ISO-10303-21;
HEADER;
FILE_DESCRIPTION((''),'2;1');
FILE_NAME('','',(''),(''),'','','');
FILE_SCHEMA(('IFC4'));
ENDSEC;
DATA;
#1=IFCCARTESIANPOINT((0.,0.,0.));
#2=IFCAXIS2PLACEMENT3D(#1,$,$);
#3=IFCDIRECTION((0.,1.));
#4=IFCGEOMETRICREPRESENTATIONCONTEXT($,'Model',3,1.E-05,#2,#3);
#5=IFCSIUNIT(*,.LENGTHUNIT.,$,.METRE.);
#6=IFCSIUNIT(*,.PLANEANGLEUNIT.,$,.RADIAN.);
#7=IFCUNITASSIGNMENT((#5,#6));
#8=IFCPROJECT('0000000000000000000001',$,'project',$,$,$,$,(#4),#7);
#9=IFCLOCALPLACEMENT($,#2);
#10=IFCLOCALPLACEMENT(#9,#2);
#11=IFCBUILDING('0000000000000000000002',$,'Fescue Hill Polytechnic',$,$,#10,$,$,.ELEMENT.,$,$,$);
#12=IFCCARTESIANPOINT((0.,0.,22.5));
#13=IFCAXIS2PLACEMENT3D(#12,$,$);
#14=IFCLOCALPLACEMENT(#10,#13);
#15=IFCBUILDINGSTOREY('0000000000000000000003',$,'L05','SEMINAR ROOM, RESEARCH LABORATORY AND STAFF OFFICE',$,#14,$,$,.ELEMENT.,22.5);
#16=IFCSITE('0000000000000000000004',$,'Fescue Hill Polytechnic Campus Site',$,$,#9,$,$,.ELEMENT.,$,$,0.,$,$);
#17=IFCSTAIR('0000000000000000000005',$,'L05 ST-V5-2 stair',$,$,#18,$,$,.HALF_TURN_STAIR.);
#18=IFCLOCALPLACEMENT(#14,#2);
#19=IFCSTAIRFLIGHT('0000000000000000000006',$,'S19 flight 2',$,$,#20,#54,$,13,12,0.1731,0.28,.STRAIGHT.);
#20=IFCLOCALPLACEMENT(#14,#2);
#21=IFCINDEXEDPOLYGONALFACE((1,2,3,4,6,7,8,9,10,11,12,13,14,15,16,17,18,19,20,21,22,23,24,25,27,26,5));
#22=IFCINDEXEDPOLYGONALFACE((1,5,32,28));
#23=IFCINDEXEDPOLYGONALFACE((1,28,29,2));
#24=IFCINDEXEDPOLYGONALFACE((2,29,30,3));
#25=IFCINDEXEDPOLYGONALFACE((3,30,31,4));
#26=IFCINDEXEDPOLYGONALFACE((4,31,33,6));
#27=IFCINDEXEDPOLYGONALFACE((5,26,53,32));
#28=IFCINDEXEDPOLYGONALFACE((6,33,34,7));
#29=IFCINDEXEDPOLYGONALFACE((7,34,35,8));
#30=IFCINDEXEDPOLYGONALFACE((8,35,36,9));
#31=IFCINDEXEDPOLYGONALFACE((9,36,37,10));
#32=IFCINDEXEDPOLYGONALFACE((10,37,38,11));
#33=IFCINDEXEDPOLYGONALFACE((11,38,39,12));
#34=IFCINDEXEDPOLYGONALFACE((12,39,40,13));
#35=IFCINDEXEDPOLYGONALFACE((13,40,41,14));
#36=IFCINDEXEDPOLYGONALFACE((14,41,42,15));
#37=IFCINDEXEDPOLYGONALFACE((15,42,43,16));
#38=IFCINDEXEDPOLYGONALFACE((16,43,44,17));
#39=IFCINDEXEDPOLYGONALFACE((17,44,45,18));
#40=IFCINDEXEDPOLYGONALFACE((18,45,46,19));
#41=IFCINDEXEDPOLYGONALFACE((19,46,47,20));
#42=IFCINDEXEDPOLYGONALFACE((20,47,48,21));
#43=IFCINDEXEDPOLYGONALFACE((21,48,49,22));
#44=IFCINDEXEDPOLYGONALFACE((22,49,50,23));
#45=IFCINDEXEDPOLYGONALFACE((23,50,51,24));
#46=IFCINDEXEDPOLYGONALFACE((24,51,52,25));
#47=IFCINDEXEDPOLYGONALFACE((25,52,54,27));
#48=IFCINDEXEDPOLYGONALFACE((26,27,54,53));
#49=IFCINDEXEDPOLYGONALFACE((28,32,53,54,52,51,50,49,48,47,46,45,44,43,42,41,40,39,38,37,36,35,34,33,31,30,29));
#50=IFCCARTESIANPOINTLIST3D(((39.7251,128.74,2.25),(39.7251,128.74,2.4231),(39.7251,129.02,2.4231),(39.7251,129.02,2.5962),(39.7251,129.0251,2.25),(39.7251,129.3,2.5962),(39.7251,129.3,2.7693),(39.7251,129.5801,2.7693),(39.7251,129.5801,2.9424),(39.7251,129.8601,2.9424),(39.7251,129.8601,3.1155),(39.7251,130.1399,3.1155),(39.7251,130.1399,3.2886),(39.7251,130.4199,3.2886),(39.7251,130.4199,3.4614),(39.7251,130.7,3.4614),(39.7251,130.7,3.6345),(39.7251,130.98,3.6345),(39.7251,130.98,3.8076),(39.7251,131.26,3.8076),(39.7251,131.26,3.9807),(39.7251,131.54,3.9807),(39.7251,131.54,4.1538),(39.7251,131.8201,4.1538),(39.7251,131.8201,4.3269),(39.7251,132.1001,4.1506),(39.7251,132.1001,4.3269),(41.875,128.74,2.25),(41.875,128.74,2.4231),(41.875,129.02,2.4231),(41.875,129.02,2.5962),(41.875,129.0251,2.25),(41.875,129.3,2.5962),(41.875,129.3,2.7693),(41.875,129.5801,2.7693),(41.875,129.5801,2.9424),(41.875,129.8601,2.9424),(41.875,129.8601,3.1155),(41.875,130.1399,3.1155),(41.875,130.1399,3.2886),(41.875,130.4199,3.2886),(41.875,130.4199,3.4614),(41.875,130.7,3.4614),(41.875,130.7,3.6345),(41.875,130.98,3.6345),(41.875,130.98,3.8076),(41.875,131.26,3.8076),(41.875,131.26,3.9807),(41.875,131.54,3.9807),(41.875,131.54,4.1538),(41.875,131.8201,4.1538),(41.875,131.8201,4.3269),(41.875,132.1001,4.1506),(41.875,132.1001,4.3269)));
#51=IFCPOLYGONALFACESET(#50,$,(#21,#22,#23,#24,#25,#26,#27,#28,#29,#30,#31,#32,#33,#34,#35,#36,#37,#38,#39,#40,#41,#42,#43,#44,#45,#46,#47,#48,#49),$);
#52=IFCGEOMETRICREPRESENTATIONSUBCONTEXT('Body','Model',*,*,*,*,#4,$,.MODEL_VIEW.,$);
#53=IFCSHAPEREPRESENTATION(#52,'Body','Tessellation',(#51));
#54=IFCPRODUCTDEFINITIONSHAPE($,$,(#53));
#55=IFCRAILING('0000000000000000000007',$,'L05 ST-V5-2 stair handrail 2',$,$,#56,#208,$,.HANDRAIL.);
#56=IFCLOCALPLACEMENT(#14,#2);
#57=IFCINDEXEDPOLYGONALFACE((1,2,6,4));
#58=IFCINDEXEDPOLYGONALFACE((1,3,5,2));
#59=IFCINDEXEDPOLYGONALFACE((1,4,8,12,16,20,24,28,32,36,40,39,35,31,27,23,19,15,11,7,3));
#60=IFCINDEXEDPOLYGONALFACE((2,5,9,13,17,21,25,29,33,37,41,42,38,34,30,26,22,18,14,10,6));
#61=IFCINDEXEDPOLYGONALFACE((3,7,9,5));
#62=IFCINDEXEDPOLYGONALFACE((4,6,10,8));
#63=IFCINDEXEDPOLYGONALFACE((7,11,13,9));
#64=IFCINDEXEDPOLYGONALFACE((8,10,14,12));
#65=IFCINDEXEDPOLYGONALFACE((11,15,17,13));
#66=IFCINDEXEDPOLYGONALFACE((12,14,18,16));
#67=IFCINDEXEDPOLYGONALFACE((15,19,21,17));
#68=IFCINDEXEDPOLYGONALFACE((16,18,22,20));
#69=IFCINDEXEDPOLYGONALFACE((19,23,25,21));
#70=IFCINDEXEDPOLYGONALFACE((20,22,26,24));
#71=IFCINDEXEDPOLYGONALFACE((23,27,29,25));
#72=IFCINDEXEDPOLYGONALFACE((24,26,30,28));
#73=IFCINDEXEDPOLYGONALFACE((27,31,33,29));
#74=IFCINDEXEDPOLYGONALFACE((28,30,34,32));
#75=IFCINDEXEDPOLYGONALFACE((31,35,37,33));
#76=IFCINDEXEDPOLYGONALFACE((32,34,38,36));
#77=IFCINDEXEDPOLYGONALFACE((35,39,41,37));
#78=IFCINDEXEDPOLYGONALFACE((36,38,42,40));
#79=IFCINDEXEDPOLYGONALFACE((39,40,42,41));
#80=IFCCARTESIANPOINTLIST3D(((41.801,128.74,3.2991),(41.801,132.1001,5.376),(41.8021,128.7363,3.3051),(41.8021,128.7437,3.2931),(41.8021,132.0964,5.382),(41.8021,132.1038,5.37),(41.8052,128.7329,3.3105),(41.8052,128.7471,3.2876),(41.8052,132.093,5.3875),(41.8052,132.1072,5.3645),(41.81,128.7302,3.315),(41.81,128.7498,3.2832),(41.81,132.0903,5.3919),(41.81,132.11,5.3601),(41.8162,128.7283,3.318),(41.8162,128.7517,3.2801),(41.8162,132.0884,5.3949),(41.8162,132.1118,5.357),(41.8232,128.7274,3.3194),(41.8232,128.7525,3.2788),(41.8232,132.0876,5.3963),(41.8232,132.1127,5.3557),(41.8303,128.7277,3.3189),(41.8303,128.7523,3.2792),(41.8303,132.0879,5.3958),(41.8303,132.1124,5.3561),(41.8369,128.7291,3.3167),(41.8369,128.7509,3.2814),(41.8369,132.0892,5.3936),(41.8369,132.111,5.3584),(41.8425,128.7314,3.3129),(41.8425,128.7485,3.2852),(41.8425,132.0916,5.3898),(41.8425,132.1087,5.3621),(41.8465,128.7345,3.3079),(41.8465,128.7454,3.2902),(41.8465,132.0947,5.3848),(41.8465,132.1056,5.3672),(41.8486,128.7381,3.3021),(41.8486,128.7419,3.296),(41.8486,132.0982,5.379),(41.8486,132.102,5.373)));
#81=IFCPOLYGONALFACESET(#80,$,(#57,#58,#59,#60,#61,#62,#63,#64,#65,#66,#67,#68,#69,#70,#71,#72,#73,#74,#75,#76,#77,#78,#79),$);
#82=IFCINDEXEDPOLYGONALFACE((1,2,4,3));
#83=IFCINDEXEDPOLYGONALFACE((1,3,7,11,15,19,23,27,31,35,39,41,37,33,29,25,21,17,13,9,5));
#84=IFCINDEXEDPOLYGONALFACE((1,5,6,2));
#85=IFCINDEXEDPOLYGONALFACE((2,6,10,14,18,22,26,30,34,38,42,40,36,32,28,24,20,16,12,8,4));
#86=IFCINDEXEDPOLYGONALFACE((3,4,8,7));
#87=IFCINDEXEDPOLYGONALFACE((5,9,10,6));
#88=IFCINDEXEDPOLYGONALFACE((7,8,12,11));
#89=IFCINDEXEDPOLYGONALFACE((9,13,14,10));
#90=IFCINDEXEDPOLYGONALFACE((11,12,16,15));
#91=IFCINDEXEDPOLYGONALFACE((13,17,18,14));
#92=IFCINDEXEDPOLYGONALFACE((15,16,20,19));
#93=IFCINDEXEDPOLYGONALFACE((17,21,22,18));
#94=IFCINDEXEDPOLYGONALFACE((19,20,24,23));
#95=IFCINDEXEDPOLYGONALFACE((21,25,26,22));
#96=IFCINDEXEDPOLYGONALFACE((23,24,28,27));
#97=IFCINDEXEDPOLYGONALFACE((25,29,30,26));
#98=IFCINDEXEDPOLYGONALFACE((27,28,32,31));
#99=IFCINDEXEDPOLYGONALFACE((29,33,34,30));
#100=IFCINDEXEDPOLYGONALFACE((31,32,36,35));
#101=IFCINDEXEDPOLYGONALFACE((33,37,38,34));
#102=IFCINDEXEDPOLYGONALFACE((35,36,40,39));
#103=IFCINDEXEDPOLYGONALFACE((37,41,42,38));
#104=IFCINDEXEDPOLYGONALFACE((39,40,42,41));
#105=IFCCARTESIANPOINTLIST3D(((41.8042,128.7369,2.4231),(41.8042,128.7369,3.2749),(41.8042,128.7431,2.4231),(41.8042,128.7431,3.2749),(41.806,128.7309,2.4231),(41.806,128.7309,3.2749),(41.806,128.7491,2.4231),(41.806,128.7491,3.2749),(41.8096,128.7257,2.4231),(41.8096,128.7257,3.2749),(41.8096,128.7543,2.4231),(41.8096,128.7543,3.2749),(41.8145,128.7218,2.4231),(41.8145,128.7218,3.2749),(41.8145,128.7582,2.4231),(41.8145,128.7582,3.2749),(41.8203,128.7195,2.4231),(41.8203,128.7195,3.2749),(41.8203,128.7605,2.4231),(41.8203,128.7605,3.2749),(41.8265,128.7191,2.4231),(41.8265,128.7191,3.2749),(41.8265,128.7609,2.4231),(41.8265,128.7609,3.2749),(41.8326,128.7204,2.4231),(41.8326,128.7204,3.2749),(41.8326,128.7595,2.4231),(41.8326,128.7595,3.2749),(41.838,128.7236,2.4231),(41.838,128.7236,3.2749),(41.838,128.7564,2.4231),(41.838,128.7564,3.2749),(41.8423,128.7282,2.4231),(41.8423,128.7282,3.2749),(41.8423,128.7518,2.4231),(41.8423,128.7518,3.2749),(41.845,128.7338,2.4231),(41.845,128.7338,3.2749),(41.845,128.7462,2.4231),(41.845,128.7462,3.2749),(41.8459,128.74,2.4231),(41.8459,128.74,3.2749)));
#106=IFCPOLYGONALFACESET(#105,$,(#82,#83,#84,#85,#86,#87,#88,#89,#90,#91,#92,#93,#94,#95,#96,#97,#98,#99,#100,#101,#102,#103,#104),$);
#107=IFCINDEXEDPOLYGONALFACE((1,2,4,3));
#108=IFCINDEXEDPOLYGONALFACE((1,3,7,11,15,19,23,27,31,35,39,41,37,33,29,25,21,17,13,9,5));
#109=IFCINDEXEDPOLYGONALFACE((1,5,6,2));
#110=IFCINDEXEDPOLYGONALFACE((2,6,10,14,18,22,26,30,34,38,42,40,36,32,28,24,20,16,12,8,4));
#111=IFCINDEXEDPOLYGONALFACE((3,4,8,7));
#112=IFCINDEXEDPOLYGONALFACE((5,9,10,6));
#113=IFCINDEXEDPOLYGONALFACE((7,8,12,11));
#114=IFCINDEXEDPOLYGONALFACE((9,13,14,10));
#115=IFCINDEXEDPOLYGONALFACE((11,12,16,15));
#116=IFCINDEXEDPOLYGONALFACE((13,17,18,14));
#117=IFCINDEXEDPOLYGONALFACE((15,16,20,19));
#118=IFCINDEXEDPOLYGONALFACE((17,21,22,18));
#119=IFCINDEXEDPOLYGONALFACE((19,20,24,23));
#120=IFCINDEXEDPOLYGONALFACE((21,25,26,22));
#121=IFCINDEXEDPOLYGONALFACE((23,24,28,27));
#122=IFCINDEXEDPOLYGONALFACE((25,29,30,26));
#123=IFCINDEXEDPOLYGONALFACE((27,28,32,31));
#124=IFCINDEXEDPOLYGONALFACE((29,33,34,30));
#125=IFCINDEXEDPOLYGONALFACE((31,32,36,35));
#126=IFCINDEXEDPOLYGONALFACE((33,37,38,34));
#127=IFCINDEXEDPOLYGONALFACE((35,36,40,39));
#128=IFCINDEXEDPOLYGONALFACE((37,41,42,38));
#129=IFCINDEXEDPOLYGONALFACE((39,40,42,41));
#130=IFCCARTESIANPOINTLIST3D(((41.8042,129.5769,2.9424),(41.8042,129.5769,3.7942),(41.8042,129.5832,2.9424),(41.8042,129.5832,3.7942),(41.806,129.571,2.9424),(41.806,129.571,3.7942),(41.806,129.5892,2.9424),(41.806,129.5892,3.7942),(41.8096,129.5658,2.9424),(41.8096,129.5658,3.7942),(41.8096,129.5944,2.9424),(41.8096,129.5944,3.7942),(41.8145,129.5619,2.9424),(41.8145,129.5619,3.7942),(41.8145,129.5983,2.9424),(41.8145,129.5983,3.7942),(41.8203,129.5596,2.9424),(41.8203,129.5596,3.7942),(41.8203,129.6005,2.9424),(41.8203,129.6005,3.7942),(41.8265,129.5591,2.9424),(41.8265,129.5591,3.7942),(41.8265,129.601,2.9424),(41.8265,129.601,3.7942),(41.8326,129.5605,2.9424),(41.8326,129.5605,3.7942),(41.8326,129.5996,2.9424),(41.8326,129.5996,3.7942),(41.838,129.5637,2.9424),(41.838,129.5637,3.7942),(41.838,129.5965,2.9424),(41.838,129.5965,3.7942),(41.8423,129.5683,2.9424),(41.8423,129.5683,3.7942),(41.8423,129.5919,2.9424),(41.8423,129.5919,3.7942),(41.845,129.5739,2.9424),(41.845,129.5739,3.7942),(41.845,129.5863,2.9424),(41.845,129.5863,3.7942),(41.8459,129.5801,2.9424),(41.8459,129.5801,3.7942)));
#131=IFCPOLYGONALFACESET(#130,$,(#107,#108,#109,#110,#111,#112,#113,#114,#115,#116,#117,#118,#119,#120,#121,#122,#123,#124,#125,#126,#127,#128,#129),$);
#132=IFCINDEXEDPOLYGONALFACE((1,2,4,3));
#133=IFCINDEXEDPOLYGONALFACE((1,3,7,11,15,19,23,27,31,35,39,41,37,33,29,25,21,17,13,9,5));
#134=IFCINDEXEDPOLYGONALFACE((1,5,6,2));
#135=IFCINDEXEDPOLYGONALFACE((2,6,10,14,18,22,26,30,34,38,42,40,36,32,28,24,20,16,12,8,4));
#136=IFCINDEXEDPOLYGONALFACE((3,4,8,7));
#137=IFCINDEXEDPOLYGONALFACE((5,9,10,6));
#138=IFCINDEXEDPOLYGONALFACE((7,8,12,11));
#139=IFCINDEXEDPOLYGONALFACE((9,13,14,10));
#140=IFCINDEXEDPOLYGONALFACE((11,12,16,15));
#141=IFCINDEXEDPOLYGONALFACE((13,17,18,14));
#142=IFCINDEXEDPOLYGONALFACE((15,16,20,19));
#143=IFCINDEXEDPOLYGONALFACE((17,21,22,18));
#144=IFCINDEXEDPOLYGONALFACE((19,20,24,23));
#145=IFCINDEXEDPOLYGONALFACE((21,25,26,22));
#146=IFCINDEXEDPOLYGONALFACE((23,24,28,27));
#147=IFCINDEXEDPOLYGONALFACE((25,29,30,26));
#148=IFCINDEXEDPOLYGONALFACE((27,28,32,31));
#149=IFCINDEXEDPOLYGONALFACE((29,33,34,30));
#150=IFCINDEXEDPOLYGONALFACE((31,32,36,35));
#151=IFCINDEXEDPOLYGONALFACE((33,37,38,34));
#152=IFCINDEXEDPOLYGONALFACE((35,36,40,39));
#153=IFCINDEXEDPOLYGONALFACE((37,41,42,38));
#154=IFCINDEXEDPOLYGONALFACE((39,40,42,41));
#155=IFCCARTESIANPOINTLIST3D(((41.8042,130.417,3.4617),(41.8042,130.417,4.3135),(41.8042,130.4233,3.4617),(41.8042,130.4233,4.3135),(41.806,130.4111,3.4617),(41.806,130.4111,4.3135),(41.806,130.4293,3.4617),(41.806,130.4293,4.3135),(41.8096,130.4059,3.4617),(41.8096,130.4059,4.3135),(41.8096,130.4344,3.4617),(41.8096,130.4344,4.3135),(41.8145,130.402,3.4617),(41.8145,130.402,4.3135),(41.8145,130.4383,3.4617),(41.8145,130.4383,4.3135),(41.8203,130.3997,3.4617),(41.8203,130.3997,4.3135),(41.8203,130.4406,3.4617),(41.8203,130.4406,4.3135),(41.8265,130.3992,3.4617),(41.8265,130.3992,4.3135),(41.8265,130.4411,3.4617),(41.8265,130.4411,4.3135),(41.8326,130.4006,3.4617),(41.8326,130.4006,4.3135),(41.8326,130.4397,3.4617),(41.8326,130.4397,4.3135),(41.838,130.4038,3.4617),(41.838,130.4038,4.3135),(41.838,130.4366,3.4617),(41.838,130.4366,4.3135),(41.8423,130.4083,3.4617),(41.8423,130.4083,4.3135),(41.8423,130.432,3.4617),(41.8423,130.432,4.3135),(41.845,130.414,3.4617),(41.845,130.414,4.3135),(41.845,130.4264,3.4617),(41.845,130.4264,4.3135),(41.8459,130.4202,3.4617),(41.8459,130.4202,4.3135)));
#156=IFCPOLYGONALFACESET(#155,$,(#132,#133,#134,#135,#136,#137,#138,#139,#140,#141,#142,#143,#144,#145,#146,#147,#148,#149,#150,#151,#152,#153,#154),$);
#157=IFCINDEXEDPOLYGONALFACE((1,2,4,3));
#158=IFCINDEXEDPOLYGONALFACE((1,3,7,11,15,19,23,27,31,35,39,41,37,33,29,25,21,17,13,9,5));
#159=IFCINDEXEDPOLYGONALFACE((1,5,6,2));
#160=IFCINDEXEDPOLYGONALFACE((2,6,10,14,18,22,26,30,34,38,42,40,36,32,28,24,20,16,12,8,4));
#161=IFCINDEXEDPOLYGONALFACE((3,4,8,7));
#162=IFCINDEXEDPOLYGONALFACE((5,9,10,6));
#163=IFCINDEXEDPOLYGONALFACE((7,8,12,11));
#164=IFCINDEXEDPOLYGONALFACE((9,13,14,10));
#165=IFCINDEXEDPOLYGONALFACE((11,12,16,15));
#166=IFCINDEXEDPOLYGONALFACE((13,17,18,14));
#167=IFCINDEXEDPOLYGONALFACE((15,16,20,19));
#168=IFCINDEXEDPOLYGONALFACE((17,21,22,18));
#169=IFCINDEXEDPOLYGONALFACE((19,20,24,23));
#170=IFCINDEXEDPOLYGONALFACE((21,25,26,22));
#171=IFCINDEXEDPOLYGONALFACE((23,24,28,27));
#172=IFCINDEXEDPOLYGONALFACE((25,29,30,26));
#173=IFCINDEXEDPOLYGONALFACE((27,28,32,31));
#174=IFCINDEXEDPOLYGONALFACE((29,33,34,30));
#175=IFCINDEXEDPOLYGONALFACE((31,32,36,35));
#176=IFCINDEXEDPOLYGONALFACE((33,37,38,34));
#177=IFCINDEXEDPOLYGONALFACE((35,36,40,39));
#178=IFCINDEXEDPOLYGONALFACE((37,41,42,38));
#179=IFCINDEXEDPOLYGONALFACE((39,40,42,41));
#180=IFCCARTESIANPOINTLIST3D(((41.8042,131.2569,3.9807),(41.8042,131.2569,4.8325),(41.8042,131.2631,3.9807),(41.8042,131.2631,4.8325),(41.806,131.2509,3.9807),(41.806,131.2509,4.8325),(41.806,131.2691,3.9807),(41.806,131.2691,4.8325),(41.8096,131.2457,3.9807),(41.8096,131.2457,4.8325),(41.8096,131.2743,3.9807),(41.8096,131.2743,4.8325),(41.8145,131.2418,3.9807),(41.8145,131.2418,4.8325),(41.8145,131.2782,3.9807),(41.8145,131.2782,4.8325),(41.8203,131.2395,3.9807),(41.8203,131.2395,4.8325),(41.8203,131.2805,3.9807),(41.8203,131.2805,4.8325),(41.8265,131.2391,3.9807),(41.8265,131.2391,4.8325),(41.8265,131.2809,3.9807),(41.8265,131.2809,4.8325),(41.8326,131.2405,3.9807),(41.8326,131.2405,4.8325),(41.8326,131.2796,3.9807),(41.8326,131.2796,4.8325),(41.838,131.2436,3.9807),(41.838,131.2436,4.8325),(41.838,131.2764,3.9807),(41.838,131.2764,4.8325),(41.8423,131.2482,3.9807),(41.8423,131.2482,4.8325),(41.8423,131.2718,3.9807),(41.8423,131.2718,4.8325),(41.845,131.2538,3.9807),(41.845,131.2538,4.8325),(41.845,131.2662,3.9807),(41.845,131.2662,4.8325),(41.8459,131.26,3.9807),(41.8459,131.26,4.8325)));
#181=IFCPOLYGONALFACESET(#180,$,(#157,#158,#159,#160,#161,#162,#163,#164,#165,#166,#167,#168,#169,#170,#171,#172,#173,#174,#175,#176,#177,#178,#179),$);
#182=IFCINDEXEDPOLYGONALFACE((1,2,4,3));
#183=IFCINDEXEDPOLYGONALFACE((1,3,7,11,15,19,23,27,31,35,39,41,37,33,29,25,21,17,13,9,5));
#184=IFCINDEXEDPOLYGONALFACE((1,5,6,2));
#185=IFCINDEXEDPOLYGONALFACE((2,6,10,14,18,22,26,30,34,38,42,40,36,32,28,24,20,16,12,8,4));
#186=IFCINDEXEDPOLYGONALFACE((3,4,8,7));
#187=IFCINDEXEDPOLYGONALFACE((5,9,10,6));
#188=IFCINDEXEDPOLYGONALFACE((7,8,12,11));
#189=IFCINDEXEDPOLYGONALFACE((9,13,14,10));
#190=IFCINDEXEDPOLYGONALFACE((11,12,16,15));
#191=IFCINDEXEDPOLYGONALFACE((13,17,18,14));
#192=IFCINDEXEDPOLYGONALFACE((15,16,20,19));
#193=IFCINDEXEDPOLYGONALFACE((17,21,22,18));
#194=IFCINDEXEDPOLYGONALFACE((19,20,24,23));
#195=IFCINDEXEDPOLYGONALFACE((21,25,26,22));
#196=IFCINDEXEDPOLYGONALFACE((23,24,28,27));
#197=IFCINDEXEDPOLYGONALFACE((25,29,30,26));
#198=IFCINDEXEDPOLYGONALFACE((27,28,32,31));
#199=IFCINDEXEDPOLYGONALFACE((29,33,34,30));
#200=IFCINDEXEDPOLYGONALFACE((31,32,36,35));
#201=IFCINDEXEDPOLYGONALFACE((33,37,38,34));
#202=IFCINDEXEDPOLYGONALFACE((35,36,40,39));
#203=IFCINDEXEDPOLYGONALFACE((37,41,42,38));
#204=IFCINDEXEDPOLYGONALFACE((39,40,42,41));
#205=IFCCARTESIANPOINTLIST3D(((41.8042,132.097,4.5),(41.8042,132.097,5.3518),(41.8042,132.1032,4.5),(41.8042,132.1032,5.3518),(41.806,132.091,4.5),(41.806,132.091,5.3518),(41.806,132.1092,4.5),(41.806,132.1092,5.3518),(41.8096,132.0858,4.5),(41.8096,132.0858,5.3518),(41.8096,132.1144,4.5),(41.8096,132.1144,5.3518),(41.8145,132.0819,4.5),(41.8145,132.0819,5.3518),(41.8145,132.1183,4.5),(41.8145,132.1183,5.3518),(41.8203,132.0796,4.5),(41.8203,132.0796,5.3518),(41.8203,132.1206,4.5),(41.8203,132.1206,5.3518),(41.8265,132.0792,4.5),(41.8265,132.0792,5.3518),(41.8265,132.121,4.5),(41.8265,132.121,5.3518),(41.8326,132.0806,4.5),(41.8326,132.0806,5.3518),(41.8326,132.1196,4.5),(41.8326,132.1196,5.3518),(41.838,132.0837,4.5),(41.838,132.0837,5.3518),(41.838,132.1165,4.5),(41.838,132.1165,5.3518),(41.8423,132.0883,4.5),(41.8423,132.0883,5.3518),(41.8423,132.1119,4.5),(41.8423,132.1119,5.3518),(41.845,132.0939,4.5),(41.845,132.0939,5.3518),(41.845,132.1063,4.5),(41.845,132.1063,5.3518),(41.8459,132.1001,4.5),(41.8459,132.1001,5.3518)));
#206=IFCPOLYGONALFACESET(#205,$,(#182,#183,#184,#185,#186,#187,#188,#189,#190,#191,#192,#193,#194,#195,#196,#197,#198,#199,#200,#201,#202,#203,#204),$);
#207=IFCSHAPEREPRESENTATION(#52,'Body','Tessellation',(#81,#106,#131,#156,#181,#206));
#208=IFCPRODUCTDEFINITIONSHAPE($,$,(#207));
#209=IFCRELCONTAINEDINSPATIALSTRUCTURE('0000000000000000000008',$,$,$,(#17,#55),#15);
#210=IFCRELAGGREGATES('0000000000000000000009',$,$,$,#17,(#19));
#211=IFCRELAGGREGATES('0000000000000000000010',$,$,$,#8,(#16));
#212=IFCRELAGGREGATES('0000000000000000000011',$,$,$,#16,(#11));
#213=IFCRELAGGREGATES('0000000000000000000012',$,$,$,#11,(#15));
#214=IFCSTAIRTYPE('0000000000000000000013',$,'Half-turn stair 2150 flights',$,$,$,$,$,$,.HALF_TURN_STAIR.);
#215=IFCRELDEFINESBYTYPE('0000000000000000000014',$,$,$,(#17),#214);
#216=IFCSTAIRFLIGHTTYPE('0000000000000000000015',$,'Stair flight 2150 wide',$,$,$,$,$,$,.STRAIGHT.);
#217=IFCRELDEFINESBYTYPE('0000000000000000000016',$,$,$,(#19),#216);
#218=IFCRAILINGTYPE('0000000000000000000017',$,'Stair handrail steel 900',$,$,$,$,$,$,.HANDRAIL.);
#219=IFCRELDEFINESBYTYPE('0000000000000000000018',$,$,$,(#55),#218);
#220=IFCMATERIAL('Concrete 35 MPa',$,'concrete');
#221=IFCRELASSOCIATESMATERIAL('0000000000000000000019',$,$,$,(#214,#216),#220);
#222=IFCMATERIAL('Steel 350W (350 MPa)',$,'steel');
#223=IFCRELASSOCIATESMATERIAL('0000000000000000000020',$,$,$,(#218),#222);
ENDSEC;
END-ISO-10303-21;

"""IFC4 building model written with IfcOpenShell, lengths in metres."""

from ifc_helpers import new_model, si_unit, direction, frame, origin, origin_2d, place, context, subcontext, project, spatial, polyline, circle, outline, extrude, material, type_object, element, aggregate, save


model = new_model("IFC4")

# Units and contexts
model_context = context("Model", 3, precision=1e-05, world=origin(), true_north=direction((0.0, 1.0)))
body_context = subcontext(model_context, "Body", "Model", "MODEL_VIEW")
ifc_project = project(units=[si_unit("LENGTHUNIT", "METRE"), si_unit("PLANEANGLEUNIT", "RADIAN")], contexts=[model_context])

# Site, building, storey
site_placement = place(None, origin())
site = spatial("IfcSite", under=ifc_project, at=site_placement, Name="Fescue Hill Polytechnic Campus Site", CompositionType="ELEMENT", RefElevation=0.0)
building_placement = place(site_placement, origin())
building = spatial("IfcBuilding", under=site, at=building_placement, Name="Fescue Hill Polytechnic", CompositionType="ELEMENT")
storey_placement = place(building_placement, frame((0.0, 0.0, 22.5)))
storey = spatial("IfcBuildingStorey", under=building, at=storey_placement, Name="L05", Description="SEMINAR ROOM, RESEARCH LABORATORY AND STAFF OFFICE", CompositionType="ELEMENT", Elevation=22.5)

# Shared definitions
ifc_material_1 = material(Name="Concrete 35 MPa", Category="concrete")

# Stair, stair flight
stair_type = type_object("IfcStairType", Name="Half-turn stair 2150 flights", PredefinedType="HALF_TURN_STAIR", material=ifc_material_1)
stair_placement = place(storey_placement, origin())
stair = element("IfcStair", 1, at=stair_placement, inside=storey, type_object=stair_type, Name="L05 ST-V5-2 stair", PredefinedType="HALF_TURN_STAIR")
stair_flight_type = type_object("IfcStairFlightType", Name="Stair flight 2150 wide", PredefinedType="STRAIGHT", material=ifc_material_1)
stair_flight_placement = place(storey_placement, frame((40.8, 128.74, 2.25), z_axis=(0.0, 0.0, 1.0), x_axis=(0.0, 1.0, 0.0)))
stair_flight = element("IfcStairFlight", 2, at=stair_flight_placement, type_object=stair_flight_type, Name="S19 flight 2", NumberOfRisers=13, NumberOfTreads=12, PredefinedType="STRAIGHT", RiserHeight=0.1731, TreadLength=0.28, context=body_context, shape_type="SweptSolid", body=[
    extrude(outline(polyline([(0.0, 0.0), (0.0, 0.1731), (0.28, 0.1731), (0.28, 0.3462), (0.5601, 0.3462), (0.5601, 0.5193), (0.8401, 0.5193), (0.8401, 0.6924), (1.1201, 0.6924), (1.1201, 0.8655), (1.3999, 0.8655), (1.3999, 1.0386), (1.6799, 1.0386), (1.6799, 1.2114), (1.96, 1.2114), (1.96, 1.3845), (2.24, 1.3845), (2.24, 1.5576), (2.52, 1.5576), (2.52, 1.7307), (2.8, 1.7307), (2.8, 1.9038), (3.0801, 1.9038), (3.0801, 2.0769), (3.3601, 2.0769), (3.3601, 2.25), (3.3601, 1.9006), (0.2852, 0.0), (0.0, 0.0)])), frame((0.0, 1.075, 0.0), z_axis=(0.0, -1.0, 0.0), x_axis=(1.0, 0.0, 0.0)), (0.0, 0.0, 1.0), 2.1499),
])
aggregate(stair, [stair_flight])

# Railing
ifc_material_2 = material(Name="Steel 350W (350 MPa)", Category="steel")
railing_type = type_object("IfcRailingType", Name="Stair handrail steel 900", PredefinedType="HANDRAIL", material=ifc_material_2)
for number, where, name in (
    (3, (41.825, 128.74, 2.4231), "L05 ST-V5-2 stair handrail 2"),
):
    element("IfcRailing", number, at=place(storey_placement, frame(where)), inside=storey, type_object=railing_type, Name=name, PredefinedType="HANDRAIL", context=body_context, shape_type="SweptSolid", body=[
        extrude(circle(Radius=0.0239, at=origin_2d()), frame((0.0, 0.0, 0.876), z_axis=(0.0, 0.850623, 0.525776), x_axis=(-1.0, 0.0, 0.0)), (0.0, 0.0, 1.0), 3.9502),
        extrude(circle(Radius=0.021, at=origin_2d()), origin(), (0.0, 0.0, 1.0), 0.8518),
        extrude(circle(Radius=0.021, at=origin_2d()), frame((0.0, 0.8401, 0.5193)), (0.0, 0.0, 1.0), 0.8518),
        extrude(circle(Radius=0.021, at=origin_2d()), frame((0.0, 1.6802, 1.0386)), (0.0, 0.0, 1.0), 0.8518),
        extrude(circle(Radius=0.021, at=origin_2d()), frame((0.0, 2.52, 1.5576)), (0.0, 0.0, 1.0), 0.8518),
        extrude(circle(Radius=0.021, at=origin_2d()), frame((0.0, 3.3601, 2.0769)), (0.0, 0.0, 1.0), 0.8518),
    ])

save(model, "model.ifc")
